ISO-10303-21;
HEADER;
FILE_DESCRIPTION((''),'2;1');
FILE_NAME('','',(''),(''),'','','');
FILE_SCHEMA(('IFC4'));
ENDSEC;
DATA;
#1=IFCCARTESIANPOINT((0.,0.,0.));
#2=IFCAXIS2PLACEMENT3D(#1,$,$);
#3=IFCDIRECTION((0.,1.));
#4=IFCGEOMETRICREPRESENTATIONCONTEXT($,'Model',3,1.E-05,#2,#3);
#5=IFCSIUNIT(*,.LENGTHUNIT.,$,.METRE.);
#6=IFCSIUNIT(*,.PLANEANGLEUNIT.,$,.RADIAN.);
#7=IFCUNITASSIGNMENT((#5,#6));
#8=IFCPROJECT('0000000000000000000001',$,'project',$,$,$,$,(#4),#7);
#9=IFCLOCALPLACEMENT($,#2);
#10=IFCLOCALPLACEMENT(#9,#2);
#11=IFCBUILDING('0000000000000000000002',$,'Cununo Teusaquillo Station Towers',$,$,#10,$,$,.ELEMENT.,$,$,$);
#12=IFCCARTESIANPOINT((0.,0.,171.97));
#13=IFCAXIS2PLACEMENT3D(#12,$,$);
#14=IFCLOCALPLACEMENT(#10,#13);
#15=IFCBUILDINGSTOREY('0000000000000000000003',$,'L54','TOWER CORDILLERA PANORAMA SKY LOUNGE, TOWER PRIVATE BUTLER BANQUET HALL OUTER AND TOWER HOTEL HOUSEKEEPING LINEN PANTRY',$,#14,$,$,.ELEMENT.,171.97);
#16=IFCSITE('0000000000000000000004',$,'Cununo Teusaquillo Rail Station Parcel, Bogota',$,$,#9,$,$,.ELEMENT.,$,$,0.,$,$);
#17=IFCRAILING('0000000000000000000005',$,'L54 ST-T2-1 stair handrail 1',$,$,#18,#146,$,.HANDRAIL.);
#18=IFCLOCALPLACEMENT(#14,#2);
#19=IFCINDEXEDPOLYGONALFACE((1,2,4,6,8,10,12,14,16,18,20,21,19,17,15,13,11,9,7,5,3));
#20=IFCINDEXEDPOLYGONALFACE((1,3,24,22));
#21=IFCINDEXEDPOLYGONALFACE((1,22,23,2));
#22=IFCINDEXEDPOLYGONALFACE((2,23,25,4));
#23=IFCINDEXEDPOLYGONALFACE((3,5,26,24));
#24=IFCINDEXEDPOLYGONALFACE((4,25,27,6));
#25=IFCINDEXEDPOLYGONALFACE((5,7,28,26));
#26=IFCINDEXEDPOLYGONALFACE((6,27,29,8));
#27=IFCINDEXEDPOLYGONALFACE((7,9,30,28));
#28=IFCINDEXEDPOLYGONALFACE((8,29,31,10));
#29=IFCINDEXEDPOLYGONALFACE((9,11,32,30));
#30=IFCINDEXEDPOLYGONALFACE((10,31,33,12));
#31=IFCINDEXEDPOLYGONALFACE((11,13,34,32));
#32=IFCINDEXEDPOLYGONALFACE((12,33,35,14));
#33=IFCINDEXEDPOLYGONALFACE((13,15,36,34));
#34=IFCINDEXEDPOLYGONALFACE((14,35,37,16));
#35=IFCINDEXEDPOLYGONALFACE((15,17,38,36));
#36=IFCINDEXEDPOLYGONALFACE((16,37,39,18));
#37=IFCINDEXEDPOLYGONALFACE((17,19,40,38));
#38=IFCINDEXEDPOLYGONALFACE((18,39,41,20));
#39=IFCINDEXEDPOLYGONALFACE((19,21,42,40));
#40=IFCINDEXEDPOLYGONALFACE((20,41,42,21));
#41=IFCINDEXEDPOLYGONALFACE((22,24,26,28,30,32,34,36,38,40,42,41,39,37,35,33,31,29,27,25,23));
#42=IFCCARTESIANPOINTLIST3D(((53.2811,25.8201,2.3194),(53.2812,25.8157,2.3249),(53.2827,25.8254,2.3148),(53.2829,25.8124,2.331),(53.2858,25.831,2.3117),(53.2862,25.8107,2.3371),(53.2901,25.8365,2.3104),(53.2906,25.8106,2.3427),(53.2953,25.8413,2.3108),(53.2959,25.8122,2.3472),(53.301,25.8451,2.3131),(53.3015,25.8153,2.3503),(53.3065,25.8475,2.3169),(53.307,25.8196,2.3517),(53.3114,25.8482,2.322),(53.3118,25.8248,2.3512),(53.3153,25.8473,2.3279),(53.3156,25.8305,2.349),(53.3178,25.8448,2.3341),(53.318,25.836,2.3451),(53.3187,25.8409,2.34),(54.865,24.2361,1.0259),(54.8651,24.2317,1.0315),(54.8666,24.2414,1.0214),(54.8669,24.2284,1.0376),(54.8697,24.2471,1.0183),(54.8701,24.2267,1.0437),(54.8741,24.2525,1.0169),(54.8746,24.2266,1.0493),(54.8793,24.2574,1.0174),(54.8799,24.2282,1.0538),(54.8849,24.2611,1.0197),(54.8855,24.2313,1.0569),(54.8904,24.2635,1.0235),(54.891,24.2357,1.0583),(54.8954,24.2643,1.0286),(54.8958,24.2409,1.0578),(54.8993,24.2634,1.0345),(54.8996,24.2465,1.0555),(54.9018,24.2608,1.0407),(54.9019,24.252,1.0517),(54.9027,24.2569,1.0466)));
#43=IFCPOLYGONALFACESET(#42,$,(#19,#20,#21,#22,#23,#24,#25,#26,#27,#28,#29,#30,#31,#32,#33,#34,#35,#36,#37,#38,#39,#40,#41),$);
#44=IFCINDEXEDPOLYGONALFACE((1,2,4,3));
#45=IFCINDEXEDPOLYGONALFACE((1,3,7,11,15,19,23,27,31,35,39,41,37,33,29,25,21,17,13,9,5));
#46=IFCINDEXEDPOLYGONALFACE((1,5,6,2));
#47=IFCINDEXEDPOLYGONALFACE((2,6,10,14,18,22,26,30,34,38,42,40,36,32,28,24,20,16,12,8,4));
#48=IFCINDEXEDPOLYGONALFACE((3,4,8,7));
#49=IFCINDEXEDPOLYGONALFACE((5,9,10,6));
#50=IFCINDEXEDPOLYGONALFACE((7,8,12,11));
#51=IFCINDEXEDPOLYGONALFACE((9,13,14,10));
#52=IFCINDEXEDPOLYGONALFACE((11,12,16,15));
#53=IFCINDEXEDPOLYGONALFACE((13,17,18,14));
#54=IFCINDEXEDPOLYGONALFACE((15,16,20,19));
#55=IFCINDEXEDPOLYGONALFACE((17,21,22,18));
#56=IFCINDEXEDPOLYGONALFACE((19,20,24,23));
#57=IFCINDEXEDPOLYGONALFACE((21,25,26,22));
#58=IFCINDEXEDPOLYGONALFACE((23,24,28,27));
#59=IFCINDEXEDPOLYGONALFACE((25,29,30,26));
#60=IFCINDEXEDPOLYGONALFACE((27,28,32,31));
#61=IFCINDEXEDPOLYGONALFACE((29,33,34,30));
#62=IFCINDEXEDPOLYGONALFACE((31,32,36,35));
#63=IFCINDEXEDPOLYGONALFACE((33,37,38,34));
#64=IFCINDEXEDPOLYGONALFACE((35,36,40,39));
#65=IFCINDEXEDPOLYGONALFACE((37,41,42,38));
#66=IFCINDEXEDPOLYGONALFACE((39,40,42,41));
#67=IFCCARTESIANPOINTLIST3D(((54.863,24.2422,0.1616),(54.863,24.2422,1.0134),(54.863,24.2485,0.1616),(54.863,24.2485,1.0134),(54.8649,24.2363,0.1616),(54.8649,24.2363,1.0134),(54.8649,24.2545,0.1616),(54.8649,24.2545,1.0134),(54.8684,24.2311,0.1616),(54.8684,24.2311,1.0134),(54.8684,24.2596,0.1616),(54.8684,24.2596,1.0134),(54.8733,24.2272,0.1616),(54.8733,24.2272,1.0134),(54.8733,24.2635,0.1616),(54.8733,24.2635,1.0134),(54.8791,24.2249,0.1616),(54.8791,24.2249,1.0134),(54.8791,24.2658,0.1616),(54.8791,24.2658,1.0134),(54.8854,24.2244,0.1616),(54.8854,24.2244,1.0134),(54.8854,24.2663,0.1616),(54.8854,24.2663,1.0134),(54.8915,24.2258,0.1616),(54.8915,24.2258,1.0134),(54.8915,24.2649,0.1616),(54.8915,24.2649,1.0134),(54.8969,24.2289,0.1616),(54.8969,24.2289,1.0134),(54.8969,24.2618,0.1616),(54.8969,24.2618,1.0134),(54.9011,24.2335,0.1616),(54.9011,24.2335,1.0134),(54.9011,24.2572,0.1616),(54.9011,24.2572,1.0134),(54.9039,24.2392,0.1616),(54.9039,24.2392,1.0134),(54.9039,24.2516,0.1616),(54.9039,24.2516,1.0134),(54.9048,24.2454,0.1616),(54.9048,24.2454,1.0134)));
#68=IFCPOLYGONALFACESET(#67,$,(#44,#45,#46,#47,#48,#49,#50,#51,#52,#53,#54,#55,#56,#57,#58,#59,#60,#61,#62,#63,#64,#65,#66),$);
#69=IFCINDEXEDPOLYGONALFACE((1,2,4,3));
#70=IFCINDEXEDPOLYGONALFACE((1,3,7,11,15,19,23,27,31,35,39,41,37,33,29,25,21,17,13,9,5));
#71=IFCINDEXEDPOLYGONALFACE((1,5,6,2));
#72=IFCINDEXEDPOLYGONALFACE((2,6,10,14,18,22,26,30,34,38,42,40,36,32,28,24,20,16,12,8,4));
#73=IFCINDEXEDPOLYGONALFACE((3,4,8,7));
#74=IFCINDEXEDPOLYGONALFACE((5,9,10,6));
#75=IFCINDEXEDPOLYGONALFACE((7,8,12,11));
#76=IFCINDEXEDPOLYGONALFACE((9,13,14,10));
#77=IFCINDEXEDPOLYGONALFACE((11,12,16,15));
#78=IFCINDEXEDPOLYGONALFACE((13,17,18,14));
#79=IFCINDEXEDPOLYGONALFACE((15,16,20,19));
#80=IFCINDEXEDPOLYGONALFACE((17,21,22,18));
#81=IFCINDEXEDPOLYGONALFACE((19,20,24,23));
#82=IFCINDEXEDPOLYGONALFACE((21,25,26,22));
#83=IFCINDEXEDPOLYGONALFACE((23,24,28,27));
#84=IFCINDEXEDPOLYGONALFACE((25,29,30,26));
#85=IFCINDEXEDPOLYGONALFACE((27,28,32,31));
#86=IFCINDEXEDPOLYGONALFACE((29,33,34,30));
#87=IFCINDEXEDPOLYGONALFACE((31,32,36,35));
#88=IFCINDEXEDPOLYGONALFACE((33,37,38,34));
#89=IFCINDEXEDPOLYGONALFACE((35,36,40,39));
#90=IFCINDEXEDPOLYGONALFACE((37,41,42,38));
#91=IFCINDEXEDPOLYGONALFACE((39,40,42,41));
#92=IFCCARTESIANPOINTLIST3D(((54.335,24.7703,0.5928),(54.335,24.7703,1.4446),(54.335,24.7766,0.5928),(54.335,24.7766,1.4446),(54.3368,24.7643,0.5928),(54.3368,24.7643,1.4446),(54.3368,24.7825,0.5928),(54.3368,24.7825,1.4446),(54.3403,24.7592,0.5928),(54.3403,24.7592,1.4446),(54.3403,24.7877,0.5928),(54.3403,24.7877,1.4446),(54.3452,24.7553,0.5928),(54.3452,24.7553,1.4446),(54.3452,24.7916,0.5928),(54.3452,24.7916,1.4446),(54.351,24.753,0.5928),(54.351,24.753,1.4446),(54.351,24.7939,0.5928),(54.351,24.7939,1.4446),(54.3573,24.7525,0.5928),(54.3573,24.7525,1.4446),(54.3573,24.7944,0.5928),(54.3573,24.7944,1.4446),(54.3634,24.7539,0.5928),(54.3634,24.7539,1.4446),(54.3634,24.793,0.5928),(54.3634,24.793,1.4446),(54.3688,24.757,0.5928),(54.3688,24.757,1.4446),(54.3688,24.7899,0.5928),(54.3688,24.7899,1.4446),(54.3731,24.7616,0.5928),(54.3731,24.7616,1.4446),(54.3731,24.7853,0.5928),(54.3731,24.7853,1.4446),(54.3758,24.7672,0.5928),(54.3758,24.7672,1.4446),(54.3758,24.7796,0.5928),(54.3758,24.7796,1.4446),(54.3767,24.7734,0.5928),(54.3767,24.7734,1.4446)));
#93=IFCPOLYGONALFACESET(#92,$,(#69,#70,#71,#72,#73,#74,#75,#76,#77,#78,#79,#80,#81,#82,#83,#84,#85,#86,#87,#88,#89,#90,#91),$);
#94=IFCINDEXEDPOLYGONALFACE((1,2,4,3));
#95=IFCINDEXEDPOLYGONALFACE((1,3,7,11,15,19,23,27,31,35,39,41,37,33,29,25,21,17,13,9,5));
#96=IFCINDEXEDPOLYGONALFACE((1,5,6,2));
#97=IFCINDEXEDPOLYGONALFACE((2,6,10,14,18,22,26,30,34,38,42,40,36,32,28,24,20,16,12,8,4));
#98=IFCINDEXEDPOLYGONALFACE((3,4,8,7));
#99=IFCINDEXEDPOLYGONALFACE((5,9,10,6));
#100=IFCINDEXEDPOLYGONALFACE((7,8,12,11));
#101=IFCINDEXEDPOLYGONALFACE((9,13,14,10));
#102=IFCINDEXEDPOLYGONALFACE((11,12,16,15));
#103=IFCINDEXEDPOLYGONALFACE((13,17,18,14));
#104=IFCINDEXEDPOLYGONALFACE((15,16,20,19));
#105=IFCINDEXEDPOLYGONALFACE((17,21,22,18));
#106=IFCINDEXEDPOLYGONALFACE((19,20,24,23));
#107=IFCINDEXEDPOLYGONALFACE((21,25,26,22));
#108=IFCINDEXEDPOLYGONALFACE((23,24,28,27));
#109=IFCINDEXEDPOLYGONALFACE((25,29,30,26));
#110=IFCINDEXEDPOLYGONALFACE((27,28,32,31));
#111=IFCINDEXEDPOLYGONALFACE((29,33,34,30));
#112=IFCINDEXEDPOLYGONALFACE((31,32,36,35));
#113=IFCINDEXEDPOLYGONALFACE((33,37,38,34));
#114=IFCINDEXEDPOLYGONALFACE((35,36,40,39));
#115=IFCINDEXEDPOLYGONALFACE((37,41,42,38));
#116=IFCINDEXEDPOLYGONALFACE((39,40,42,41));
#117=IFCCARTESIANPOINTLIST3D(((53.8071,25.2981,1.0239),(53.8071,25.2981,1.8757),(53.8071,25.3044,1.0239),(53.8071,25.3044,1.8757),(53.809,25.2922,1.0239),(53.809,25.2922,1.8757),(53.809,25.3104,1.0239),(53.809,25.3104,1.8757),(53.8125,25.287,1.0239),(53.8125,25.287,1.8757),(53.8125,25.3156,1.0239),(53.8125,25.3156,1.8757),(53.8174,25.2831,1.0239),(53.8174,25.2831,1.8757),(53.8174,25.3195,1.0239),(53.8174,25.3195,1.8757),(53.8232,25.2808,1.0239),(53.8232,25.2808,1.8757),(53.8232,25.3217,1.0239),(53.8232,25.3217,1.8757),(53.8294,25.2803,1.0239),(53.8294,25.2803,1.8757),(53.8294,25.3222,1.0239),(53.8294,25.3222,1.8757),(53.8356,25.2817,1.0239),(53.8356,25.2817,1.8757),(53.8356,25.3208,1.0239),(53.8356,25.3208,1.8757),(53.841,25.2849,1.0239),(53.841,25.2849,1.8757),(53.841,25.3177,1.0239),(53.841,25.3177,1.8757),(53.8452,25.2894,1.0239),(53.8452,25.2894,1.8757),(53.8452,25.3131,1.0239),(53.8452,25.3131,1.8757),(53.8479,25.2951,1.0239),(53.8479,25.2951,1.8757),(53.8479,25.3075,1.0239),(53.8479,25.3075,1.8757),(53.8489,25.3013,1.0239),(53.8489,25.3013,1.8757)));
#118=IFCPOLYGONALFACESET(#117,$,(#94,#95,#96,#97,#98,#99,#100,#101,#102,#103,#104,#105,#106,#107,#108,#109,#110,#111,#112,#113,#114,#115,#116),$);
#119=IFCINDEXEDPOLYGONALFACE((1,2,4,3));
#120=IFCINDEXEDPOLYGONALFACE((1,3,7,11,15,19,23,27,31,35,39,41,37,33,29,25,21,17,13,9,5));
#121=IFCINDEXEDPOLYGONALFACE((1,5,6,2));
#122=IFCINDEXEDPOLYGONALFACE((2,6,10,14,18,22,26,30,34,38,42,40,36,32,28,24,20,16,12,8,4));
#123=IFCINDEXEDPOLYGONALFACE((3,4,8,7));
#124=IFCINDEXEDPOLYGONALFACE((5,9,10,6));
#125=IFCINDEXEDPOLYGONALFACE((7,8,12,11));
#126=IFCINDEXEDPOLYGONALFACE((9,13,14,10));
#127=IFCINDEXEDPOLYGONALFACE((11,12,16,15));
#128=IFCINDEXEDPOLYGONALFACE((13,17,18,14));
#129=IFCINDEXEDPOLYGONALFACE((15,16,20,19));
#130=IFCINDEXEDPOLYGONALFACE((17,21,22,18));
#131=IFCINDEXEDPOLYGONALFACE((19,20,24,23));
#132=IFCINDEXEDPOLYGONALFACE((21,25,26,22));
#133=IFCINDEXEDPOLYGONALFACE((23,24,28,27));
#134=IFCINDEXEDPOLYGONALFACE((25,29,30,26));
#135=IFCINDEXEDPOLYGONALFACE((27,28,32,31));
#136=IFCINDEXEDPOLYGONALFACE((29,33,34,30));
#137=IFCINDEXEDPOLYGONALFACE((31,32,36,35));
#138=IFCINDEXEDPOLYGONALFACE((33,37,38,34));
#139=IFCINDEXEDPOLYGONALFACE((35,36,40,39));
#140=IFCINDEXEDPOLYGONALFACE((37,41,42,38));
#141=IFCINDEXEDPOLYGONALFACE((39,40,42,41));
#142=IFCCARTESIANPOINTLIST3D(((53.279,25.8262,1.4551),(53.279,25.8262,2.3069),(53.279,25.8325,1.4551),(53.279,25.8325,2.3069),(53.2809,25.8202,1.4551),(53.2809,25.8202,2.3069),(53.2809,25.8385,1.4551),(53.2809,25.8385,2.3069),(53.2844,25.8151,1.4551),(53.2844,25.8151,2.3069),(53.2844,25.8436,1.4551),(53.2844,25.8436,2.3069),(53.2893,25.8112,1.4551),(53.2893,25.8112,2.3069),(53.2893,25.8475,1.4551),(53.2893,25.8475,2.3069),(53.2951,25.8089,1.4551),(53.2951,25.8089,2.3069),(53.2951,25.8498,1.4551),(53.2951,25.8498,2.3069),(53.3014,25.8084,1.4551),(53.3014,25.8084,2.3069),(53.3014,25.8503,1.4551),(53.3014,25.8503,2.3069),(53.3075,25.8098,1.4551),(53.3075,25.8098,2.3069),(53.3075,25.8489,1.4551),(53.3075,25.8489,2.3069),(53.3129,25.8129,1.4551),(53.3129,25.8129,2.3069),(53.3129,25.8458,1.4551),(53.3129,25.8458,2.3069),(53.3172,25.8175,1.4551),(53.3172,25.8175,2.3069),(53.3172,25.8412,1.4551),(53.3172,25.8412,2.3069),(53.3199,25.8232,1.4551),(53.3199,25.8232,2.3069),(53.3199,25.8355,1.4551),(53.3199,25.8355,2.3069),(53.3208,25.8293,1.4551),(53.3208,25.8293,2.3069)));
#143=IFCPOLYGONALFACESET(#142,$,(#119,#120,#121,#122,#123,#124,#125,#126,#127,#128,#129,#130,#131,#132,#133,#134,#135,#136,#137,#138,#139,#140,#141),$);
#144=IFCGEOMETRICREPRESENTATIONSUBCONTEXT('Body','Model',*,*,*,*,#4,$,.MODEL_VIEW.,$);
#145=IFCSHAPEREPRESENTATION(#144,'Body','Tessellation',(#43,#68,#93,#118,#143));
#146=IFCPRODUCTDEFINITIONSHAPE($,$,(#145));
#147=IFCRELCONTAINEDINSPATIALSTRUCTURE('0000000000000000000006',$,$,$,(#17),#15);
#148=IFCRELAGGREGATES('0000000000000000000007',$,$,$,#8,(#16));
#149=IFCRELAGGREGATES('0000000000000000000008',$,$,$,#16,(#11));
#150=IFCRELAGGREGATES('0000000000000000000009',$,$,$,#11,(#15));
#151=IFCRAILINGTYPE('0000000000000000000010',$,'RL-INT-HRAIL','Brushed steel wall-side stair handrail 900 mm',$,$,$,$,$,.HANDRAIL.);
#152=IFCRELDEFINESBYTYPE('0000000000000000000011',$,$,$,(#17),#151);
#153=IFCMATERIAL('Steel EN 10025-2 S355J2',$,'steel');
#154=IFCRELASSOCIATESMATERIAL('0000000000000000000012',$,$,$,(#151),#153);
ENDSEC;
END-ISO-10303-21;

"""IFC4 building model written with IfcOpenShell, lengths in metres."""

from ifc_helpers import new_model, si_unit, direction, frame, origin, origin_2d, place, context, subcontext, project, spatial, circle, extrude, material, type_object, element, save


model = new_model("IFC4")

# Units and contexts
model_context = context("Model", 3, precision=1e-05, world=origin(), true_north=direction((0.0, 1.0)))
body_context = subcontext(model_context, "Body", "Model", "MODEL_VIEW")
ifc_project = project(units=[si_unit("LENGTHUNIT", "METRE"), si_unit("PLANEANGLEUNIT", "RADIAN")], contexts=[model_context])

# Site, building, storey
site_placement = place(None, origin())
site = spatial("IfcSite", under=ifc_project, at=site_placement, Name="Cununo Teusaquillo Rail Station Parcel, Bogota", CompositionType="ELEMENT", RefElevation=0.0)
building_placement = place(site_placement, origin())
building = spatial("IfcBuilding", under=site, at=building_placement, Name="Cununo Teusaquillo Station Towers", CompositionType="ELEMENT")
storey_placement = place(building_placement, frame((0.0, 0.0, 171.97)))
storey = spatial("IfcBuildingStorey", under=building, at=storey_placement, Name="L54", Description="TOWER CORDILLERA PANORAMA SKY LOUNGE, TOWER PRIVATE BUTLER BANQUET HALL OUTER AND TOWER HOTEL HOUSEKEEPING LINEN PANTRY", CompositionType="ELEMENT", Elevation=171.97)

# Railing
ifc_material_1 = material(Name="Steel EN 10025-2 S355J2", Category="steel")
railing_type_1 = type_object("IfcRailingType", Name="RL-INT-HRAIL", Description="Brushed steel wall-side stair handrail 900 mm", PredefinedType="HANDRAIL", material=ifc_material_1)
railing_1_placement = place(storey_placement, frame((54.8838, 24.2454, 0.1616)))
element("IfcRailing", 1, at=railing_1_placement, inside=storey, type_object=railing_type_1, Name="L54 ST-T2-1 stair handrail 1", PredefinedType="HANDRAIL", context=body_context, shape_type="SweptSolid", body=[
    extrude(circle(Radius=0.0239, at=origin_2d()), frame((0.0, 0.0, 0.876), z_axis=(-0.612356, 0.612356, 0.50004), x_axis=(-0.707107, -0.707107, 0.0)), (0.0, 0.0, 1.0), 2.5867),
    extrude(circle(Radius=0.021, at=origin_2d()), origin(), (0.0, 0.0, 1.0), 0.8518),
    extrude(circle(Radius=0.021, at=origin_2d()), frame((-0.5281, 0.5281, 0.4312)), (0.0, 0.0, 1.0), 0.8518),
    extrude(circle(Radius=0.021, at=origin_2d()), frame((-1.0559, 1.0559, 0.8623)), (0.0, 0.0, 1.0), 0.8518),
    extrude(circle(Radius=0.021, at=origin_2d()), frame((-1.584, 1.584, 1.2935)), (0.0, 0.0, 1.0), 0.8518),
])

save(model, "model.ifc")
